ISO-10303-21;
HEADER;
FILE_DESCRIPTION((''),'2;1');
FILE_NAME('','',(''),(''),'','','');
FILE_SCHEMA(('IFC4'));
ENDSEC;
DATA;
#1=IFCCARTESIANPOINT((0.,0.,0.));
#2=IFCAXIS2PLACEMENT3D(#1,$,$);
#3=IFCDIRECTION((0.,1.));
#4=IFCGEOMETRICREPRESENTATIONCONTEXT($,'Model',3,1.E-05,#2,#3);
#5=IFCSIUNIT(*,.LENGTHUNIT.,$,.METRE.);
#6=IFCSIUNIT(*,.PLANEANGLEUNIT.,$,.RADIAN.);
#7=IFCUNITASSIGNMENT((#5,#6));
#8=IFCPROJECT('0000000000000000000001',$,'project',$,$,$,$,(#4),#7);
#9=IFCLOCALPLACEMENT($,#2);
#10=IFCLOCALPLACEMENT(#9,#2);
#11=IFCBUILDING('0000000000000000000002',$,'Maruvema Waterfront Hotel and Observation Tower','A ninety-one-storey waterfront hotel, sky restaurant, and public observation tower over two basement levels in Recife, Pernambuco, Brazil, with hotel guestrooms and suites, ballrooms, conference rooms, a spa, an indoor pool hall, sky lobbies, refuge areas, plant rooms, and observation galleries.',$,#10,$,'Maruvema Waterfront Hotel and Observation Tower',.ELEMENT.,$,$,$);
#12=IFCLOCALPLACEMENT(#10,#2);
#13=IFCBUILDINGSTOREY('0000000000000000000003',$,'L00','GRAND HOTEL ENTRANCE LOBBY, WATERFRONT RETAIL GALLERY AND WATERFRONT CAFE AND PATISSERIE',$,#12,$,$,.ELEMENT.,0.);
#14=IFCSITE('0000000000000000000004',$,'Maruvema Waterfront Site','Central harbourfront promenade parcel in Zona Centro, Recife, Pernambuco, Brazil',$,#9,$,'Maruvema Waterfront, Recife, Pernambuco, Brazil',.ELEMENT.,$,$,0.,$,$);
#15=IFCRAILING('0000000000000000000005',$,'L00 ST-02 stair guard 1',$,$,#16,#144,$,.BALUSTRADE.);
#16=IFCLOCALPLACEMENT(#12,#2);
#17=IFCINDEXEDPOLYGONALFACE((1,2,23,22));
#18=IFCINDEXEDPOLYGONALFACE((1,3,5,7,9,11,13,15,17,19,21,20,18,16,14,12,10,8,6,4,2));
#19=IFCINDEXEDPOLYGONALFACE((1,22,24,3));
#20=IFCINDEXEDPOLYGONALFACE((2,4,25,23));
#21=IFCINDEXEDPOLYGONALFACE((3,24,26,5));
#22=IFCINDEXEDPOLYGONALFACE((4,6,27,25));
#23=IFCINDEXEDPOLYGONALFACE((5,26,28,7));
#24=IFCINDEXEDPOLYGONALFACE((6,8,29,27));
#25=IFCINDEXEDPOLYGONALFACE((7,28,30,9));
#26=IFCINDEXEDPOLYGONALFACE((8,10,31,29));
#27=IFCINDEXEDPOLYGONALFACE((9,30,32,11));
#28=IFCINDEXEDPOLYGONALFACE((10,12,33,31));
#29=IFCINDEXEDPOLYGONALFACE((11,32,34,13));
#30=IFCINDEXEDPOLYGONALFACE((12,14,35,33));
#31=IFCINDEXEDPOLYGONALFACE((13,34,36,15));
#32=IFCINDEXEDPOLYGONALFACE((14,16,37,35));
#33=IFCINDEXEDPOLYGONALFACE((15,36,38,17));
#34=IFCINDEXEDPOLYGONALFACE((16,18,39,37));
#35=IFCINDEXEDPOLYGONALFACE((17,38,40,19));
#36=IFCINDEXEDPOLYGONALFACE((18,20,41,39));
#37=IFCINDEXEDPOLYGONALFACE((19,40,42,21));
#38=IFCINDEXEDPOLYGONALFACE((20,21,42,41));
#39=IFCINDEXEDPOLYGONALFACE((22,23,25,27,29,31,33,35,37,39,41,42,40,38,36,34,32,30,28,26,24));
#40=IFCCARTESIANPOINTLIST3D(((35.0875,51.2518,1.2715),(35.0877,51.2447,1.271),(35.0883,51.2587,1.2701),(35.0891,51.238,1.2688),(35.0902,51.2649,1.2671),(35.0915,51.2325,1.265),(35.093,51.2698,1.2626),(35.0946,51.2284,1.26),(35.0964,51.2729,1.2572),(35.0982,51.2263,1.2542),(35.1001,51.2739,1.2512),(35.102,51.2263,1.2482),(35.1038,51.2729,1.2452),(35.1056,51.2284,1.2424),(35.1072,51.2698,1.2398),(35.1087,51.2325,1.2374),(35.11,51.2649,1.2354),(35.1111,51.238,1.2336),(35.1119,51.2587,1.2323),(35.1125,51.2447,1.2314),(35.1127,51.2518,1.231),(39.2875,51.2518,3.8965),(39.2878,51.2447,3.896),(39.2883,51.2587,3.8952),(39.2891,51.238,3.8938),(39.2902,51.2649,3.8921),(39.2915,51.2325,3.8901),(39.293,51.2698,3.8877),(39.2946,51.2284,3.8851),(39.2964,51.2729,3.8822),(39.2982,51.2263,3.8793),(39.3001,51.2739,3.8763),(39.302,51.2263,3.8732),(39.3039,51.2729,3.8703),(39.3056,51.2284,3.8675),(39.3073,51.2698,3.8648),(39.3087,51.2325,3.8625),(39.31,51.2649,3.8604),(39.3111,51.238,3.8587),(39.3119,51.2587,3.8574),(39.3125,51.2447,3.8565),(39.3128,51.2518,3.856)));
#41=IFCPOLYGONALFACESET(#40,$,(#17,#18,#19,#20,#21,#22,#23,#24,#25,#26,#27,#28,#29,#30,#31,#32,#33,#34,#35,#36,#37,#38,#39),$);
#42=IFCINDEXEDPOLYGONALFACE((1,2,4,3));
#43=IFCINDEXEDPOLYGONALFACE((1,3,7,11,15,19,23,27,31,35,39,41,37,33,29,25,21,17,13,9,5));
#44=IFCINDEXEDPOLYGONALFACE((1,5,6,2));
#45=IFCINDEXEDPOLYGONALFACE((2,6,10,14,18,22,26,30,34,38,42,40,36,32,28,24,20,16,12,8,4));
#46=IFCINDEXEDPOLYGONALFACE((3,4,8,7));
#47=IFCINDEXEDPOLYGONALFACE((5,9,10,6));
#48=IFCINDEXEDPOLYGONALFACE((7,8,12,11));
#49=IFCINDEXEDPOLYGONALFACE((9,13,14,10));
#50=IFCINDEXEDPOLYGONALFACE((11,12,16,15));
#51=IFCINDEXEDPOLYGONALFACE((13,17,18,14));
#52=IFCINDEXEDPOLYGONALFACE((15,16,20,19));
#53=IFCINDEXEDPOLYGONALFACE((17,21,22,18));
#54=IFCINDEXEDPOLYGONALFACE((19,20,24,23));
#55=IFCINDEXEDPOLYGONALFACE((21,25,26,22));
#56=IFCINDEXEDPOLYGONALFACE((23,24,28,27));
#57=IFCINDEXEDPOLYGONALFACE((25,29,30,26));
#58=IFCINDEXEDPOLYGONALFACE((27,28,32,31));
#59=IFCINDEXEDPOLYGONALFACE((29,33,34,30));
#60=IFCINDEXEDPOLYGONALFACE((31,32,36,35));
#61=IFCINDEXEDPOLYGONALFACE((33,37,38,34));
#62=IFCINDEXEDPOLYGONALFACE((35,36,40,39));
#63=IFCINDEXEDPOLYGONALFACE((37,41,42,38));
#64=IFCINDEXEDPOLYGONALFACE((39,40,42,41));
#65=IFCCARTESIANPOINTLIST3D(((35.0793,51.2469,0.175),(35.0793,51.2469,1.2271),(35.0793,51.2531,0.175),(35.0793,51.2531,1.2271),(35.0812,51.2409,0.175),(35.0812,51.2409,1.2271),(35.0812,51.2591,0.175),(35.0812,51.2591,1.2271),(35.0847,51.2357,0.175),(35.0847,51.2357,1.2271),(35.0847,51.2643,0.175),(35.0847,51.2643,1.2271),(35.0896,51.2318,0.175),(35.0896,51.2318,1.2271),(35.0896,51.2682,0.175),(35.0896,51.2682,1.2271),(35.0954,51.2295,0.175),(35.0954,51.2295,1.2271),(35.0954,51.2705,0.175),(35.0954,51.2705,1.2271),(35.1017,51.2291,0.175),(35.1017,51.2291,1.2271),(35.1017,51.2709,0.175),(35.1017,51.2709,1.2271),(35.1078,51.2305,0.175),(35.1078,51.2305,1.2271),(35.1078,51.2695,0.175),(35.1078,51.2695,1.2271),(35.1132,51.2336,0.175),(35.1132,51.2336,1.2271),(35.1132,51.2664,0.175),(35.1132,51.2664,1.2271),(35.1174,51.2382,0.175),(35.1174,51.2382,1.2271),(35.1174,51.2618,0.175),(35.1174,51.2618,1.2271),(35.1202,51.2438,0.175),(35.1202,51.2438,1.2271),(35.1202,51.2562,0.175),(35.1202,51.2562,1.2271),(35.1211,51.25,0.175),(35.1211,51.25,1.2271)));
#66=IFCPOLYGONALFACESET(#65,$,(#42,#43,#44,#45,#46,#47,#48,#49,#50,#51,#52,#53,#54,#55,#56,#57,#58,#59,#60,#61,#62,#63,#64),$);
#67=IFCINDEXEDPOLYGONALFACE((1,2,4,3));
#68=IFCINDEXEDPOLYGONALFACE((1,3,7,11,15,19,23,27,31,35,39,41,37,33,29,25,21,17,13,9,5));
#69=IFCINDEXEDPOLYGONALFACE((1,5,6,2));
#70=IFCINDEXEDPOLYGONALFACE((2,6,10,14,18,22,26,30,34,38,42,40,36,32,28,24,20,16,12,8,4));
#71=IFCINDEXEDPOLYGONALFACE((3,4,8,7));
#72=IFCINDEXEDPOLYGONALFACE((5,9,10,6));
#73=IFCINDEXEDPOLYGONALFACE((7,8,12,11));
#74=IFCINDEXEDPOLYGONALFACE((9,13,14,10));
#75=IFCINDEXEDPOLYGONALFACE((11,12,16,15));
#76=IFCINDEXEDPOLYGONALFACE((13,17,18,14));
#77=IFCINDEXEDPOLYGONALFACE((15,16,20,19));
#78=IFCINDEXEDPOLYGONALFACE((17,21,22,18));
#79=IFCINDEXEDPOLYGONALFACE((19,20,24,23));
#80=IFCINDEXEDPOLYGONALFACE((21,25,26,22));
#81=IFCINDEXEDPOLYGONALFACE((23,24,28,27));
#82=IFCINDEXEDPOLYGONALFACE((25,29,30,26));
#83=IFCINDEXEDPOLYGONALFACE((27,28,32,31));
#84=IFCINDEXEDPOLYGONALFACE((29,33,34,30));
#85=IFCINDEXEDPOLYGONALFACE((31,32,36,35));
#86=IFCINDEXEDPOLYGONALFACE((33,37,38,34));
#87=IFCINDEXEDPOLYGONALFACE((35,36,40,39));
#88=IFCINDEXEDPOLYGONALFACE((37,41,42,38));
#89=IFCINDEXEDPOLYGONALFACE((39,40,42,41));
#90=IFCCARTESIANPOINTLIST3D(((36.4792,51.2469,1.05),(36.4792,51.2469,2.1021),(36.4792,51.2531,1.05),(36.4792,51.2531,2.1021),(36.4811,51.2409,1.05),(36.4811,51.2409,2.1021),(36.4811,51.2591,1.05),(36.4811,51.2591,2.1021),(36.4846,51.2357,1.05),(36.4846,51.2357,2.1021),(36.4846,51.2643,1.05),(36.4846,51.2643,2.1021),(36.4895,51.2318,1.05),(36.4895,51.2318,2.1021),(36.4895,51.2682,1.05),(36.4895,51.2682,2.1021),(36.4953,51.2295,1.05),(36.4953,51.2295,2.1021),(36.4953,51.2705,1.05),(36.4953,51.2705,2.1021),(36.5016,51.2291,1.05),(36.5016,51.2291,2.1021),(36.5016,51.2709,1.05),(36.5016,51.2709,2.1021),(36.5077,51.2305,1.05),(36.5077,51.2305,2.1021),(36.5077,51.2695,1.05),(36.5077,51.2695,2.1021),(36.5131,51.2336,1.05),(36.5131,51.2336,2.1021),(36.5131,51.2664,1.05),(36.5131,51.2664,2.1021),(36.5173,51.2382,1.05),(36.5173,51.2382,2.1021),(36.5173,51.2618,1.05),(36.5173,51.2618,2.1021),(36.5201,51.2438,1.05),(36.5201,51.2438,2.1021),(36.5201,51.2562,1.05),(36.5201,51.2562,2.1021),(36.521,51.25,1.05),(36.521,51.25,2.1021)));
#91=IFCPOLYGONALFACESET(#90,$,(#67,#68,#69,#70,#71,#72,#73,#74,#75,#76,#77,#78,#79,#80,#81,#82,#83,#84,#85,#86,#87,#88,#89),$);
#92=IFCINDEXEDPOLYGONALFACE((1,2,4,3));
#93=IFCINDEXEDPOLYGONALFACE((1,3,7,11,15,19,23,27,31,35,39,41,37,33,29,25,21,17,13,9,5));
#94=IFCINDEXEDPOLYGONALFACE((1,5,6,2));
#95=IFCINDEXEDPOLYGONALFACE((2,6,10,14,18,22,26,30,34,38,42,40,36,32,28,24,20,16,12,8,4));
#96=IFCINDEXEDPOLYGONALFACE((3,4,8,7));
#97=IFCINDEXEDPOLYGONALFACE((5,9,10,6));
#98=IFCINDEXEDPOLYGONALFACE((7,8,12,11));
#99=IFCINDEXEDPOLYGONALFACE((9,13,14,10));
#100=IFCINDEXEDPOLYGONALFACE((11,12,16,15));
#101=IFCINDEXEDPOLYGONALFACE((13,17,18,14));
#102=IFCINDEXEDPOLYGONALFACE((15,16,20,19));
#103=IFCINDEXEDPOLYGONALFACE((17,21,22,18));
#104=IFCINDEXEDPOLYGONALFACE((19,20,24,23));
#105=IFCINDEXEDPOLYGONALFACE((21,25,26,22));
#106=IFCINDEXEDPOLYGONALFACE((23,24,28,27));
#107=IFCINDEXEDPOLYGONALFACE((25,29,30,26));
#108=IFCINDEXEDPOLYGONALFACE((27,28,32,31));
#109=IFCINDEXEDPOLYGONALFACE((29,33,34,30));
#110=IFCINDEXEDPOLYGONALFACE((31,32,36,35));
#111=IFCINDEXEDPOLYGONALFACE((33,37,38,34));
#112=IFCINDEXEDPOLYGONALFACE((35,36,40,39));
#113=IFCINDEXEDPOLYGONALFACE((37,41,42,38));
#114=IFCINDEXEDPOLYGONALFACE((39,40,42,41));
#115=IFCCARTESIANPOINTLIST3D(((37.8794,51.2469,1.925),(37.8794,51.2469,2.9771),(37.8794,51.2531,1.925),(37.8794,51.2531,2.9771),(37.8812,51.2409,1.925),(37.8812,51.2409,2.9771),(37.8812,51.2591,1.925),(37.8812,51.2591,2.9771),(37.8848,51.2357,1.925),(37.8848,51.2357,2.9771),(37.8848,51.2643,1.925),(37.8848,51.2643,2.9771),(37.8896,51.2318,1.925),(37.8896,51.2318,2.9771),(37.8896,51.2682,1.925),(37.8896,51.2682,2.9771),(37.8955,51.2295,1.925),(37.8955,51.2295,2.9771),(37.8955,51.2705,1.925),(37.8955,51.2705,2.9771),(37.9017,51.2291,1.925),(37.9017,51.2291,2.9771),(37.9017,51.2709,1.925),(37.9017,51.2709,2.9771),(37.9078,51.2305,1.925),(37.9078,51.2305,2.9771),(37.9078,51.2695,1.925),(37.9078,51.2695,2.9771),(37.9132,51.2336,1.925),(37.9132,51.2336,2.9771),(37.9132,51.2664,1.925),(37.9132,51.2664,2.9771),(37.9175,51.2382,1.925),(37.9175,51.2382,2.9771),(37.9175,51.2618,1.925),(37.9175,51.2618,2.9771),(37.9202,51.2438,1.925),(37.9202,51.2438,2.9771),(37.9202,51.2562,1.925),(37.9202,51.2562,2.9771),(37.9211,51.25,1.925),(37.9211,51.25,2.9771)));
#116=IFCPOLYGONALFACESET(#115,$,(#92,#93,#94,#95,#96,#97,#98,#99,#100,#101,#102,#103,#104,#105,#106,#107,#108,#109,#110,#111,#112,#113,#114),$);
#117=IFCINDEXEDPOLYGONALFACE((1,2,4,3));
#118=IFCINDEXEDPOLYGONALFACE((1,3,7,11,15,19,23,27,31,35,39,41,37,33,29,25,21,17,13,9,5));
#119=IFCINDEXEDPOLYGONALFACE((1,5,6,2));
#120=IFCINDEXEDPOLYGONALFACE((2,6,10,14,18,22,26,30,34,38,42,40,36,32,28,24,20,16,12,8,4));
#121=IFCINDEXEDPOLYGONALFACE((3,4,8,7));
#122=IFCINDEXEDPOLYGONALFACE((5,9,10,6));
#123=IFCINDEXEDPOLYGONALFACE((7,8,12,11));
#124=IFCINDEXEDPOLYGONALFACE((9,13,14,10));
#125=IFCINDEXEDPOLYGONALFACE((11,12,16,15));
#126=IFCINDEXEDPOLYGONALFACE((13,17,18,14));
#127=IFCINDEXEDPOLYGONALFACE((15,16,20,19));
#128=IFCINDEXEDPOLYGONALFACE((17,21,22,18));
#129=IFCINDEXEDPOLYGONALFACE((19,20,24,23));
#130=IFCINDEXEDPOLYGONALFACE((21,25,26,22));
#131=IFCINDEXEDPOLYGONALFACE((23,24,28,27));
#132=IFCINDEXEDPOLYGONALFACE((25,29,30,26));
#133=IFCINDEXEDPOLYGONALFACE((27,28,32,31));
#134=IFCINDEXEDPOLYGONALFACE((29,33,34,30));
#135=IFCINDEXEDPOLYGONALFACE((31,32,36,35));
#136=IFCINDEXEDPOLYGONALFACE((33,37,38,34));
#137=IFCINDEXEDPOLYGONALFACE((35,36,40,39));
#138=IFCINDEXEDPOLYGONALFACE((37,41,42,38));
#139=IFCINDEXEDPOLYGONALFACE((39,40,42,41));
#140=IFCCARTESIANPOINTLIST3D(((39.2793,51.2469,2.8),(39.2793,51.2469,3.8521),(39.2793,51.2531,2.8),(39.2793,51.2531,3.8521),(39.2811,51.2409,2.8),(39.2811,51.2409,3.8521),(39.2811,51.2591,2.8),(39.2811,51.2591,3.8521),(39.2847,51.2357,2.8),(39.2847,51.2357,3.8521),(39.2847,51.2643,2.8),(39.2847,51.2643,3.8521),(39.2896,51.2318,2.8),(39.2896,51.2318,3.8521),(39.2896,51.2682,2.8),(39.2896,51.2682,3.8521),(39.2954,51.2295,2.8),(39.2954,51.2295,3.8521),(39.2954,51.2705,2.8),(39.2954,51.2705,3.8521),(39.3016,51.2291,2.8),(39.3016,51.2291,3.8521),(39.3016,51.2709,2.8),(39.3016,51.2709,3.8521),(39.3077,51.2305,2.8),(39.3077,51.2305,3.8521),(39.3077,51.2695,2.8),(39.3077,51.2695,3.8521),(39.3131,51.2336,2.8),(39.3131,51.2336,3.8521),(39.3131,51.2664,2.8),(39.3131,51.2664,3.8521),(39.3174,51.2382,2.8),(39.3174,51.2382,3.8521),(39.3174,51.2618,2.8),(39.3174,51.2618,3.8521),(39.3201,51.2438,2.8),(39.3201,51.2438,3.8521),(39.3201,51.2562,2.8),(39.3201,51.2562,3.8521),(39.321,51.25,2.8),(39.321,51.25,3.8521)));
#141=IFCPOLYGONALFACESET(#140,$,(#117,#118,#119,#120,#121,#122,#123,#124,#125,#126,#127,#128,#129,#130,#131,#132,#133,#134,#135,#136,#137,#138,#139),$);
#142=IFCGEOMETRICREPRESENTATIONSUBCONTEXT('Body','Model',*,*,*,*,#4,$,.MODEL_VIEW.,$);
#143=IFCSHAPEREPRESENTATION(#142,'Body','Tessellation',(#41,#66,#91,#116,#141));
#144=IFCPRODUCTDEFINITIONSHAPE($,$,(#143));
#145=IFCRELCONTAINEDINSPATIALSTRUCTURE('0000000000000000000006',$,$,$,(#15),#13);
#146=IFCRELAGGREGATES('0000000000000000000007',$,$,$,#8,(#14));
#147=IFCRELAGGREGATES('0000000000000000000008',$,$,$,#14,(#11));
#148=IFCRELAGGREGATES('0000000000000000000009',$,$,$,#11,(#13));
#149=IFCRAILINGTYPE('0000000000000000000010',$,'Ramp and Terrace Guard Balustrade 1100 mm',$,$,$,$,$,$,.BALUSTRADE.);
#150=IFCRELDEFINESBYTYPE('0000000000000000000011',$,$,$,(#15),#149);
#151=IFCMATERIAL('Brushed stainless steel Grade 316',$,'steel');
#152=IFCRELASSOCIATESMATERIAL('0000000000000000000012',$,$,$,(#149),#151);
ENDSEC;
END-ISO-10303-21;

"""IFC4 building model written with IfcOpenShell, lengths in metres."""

from ifc_helpers import new_model, si_unit, direction, frame, origin, origin_2d, place, context, subcontext, project, spatial, circle, extrude, material, type_object, element, save


model = new_model("IFC4")

# Units and contexts
model_context = context("Model", 3, precision=1e-05, world=origin(), true_north=direction((0.0, 1.0)))
body_context = subcontext(model_context, "Body", "Model", "MODEL_VIEW")
ifc_project = project(units=[si_unit("LENGTHUNIT", "METRE"), si_unit("PLANEANGLEUNIT", "RADIAN")], contexts=[model_context])

# Site, building, storey
site_placement = place(None, origin())
site = spatial("IfcSite", under=ifc_project, at=site_placement, Name="Maruvema Waterfront Site", Description="Central harbourfront promenade parcel in Zona Centro, Recife, Pernambuco, Brazil", LongName="Maruvema Waterfront, Recife, Pernambuco, Brazil", CompositionType="ELEMENT", RefElevation=0.0)
building_placement = place(site_placement, origin())
building = spatial("IfcBuilding", under=site, at=building_placement, Name="Maruvema Waterfront Hotel and Observation Tower", Description="A ninety-one-storey waterfront hotel, sky restaurant, and public observation tower over two basement levels in Recife, Pernambuco, Brazil, with hotel guestrooms and suites, ballrooms, conference rooms, a spa, an indoor pool hall, sky lobbies, refuge areas, plant rooms, and observation galleries.", LongName="Maruvema Waterfront Hotel and Observation Tower", CompositionType="ELEMENT")
storey_placement = place(building_placement, origin())
storey = spatial("IfcBuildingStorey", under=building, at=storey_placement, Name="L00", Description="GRAND HOTEL ENTRANCE LOBBY, WATERFRONT RETAIL GALLERY AND WATERFRONT CAFE AND PATISSERIE", CompositionType="ELEMENT", Elevation=0.0)

# Railing
ifc_material_1 = material(Name="Brushed stainless steel Grade 316", Category="steel")
railing_type_1 = type_object("IfcRailingType", Name="Ramp and Terrace Guard Balustrade 1100 mm", PredefinedType="BALUSTRADE", material=ifc_material_1)
railing_1_placement = place(storey_placement, frame((35.1001, 51.25, 0.175)))
element("IfcRailing", 1, at=railing_1_placement, inside=storey, type_object=railing_type_1, Name="L00 ST-02 stair guard 1", PredefinedType="BALUSTRADE", context=body_context, shape_type="SweptSolid", body=[
    extrude(circle(Radius=0.0239, at=origin_2d()), frame((0.0, 0.0, 1.0762), z_axis=(0.847996, 0.0, 0.530003), x_axis=(0.0, 1.0, 0.0)), (0.0, 0.0, 1.0), 4.9529),
    extrude(circle(Radius=0.021, at=origin_2d()), origin(), (0.0, 0.0, 1.0), 1.052),
    extrude(circle(Radius=0.021, at=origin_2d()), frame((1.3999, 0.0, 0.875)), (0.0, 0.0, 1.0), 1.052),
    extrude(circle(Radius=0.021, at=origin_2d()), frame((2.8, 0.0, 1.75)), (0.0, 0.0, 1.0), 1.052),
    extrude(circle(Radius=0.021, at=origin_2d()), frame((4.2, 0.0, 2.625)), (0.0, 0.0, 1.0), 1.052),
])

save(model, "model.ifc")
